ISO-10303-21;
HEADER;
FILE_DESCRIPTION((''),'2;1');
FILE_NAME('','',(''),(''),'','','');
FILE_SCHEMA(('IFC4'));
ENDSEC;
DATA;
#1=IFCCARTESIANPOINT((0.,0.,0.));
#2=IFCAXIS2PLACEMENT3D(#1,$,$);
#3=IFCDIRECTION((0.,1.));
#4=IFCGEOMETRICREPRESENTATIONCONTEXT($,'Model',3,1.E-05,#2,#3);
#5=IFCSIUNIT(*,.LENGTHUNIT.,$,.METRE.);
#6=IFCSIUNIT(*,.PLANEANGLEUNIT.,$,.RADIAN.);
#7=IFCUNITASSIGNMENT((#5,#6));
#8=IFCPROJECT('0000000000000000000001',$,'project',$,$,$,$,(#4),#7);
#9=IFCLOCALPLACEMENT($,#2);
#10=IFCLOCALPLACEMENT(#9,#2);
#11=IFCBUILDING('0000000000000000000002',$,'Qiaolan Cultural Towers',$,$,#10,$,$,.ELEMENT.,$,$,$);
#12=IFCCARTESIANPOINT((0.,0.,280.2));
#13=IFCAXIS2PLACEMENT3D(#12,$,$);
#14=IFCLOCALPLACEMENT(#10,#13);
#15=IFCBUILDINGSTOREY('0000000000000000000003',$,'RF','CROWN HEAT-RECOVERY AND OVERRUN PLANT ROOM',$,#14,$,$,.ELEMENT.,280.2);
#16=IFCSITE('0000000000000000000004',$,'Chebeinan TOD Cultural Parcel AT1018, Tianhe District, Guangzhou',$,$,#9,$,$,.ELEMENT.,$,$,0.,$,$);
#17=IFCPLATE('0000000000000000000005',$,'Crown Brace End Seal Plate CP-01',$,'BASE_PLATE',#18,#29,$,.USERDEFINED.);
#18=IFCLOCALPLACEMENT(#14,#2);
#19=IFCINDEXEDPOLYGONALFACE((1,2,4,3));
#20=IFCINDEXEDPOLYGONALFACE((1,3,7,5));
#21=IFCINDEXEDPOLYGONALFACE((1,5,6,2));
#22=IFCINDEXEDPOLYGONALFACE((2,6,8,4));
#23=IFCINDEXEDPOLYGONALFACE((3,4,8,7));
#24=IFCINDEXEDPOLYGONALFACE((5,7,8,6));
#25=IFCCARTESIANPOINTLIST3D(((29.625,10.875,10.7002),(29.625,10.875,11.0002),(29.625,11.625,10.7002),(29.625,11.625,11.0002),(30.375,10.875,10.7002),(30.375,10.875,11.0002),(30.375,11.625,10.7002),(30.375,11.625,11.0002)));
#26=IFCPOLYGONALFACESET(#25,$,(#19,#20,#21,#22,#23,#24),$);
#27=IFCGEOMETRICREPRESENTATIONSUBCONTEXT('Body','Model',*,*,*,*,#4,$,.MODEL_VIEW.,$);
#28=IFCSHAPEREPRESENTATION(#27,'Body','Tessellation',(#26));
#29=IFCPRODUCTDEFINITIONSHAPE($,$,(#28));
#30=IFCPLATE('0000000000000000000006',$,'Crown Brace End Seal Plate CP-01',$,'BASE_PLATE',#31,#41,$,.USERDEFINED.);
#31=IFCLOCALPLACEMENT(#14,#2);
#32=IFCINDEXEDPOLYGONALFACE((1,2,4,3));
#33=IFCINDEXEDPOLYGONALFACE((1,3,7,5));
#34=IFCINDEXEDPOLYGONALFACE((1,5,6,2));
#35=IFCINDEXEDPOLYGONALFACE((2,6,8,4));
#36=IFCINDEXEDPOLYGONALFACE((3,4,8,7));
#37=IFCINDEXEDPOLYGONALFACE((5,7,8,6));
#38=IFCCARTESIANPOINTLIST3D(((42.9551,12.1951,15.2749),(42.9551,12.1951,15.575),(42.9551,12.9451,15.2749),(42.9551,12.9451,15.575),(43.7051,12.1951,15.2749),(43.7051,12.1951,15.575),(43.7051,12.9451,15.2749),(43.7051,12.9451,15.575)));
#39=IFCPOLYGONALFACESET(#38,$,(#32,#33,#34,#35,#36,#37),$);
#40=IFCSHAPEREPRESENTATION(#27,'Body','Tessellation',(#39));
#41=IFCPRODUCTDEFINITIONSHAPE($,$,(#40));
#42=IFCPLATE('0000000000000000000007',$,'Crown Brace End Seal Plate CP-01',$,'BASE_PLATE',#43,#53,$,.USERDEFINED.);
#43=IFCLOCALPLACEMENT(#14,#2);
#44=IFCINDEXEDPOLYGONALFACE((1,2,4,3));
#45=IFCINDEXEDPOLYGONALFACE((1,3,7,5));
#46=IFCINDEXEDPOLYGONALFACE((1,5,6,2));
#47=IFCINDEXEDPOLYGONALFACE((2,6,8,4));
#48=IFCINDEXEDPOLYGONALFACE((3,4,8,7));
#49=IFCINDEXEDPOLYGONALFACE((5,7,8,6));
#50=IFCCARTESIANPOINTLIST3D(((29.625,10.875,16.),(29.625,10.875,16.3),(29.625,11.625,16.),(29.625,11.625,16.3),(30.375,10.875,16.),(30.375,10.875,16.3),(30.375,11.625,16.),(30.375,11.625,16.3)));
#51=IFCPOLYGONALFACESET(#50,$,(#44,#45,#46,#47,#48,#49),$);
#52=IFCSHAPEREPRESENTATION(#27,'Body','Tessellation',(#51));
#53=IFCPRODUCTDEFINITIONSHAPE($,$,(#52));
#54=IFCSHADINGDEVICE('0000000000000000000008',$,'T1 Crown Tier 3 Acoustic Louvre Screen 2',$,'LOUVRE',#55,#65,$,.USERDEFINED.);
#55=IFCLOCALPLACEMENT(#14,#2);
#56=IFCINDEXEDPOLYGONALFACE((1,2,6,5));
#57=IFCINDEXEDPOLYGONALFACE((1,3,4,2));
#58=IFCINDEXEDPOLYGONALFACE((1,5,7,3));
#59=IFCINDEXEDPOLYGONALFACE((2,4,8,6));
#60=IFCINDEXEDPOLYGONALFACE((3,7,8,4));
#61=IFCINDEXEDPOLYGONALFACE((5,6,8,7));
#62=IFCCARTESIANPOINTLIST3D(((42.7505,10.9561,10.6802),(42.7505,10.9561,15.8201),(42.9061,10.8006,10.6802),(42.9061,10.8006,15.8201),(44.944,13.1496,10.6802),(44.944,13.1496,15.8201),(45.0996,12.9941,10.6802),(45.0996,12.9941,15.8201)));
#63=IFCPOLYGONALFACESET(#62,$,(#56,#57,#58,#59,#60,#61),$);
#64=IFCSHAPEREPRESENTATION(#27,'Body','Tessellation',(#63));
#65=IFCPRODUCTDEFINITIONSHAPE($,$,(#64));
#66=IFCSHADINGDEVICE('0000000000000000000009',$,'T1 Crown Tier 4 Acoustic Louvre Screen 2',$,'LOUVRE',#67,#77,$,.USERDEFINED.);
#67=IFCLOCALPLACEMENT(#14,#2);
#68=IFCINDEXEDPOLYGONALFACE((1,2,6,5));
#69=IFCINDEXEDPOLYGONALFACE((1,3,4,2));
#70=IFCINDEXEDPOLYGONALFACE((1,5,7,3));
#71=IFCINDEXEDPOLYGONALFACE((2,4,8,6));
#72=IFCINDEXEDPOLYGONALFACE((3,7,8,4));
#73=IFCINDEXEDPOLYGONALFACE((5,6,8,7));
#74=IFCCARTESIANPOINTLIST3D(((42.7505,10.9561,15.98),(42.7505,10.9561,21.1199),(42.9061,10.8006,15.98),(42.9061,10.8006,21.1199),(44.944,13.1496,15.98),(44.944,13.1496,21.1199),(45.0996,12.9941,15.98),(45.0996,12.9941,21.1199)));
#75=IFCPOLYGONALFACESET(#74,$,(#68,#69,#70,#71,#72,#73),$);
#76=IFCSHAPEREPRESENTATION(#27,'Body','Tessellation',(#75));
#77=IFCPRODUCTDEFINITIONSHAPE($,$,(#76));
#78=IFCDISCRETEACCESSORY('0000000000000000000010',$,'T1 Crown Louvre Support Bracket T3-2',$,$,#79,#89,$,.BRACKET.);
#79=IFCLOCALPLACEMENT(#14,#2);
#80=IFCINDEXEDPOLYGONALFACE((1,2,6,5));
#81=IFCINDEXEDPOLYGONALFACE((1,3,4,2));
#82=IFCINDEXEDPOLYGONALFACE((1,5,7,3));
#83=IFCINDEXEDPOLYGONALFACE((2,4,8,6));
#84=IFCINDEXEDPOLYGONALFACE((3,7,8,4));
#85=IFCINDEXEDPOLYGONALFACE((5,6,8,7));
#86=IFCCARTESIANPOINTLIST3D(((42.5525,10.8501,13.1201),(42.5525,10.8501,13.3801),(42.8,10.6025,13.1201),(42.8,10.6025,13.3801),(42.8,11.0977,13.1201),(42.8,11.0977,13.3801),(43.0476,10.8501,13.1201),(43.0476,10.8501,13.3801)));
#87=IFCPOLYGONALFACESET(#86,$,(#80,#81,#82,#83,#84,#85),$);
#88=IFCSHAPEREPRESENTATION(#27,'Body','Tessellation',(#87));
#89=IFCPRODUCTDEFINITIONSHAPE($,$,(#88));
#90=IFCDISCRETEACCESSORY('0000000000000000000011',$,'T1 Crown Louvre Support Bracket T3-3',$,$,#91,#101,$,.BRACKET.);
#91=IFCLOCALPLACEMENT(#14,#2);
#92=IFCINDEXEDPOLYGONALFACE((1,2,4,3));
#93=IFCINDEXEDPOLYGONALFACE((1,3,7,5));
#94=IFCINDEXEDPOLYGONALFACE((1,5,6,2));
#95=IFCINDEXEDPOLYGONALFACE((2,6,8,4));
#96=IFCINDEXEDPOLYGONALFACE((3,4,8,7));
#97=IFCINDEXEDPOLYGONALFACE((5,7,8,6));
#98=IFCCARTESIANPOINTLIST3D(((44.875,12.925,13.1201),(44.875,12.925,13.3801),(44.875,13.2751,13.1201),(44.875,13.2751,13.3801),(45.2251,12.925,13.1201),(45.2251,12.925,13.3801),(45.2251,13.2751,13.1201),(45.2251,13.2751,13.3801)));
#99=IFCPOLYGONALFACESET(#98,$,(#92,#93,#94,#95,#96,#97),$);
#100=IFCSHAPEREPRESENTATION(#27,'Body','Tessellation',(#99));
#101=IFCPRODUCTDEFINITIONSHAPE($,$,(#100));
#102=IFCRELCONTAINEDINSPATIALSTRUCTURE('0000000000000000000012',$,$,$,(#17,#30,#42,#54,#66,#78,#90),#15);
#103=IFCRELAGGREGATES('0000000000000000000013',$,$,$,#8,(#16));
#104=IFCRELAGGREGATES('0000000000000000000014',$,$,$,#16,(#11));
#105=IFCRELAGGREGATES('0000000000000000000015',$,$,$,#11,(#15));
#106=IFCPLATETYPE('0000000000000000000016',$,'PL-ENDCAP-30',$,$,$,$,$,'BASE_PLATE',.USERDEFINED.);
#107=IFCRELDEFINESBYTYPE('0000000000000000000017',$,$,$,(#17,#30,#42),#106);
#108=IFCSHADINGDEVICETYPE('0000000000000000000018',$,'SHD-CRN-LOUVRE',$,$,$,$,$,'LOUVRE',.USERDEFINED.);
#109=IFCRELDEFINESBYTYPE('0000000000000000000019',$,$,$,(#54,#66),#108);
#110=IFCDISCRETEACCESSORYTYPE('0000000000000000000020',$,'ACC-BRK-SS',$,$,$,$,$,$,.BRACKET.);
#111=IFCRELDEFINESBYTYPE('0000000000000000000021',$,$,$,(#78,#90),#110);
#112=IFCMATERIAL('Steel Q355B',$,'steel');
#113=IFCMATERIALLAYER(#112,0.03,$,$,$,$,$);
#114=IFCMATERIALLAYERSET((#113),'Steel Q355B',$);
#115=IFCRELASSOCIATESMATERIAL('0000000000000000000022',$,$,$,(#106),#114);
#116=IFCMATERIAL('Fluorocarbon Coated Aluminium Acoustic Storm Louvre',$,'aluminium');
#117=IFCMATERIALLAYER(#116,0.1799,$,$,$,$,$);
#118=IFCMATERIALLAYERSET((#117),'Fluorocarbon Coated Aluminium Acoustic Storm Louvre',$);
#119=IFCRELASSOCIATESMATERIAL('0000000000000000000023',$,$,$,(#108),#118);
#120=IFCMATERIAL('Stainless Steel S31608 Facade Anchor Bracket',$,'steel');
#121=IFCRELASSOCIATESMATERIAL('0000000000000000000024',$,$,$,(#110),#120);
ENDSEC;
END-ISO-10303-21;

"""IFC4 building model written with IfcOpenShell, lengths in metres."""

from ifc_helpers import new_model, si_unit, direction, frame, origin, origin_2d, place, context, subcontext, project, spatial, rectangle, extrude, material, layer, layer_set, type_object, element, save


model = new_model("IFC4")

# Units and contexts
model_context = context("Model", 3, precision=1e-05, world=origin(), true_north=direction((0.0, 1.0)))
body_context = subcontext(model_context, "Body", "Model", "MODEL_VIEW")
ifc_project = project(units=[si_unit("LENGTHUNIT", "METRE"), si_unit("PLANEANGLEUNIT", "RADIAN")], contexts=[model_context])

# Site, building, storey
site_placement = place(None, origin())
site = spatial("IfcSite", under=ifc_project, at=site_placement, Name="Chebeinan TOD Cultural Parcel AT1018, Tianhe District, Guangzhou", CompositionType="ELEMENT", RefElevation=0.0)
building_placement = place(site_placement, origin())
building = spatial("IfcBuilding", under=site, at=building_placement, Name="Qiaolan Cultural Towers", CompositionType="ELEMENT")
storey_placement = place(building_placement, frame((0.0, 0.0, 280.2)))
storey = spatial("IfcBuildingStorey", under=building, at=storey_placement, Name="RF", Description="CROWN HEAT-RECOVERY AND OVERRUN PLANT ROOM", CompositionType="ELEMENT", Elevation=280.2)

# Plates
ifc_material_1 = material(Name="Steel Q355B", Category="steel")
ifc_layer_1 = layer(ifc_material_1, 0.03)
ifc_layer_set_1 = layer_set([ifc_layer_1], Name="Steel Q355B")
plate_type_1 = type_object("IfcPlateType", Name="PL-ENDCAP-30", ElementType="BASE_PLATE", PredefinedType="USERDEFINED", material=ifc_layer_set_1)
for number, where, z_axis, x_axis, name in (
    (1, (30.0, 11.25, 10.7002), (0.0, 0.0, 1.0), (1.0, 0.0, 0.0), "Crown Brace End Seal Plate CP-01"),
    (2, (43.3301, 12.5701, 15.2749), (0.0, 0.0, 1.0), (1.0, 0.0, 0.0), "Crown Brace End Seal Plate CP-01"),
    (3, (30.0, 11.25, 16.0), (0.0, 0.0, 1.0), (1.0, 0.0, 0.0), "Crown Brace End Seal Plate CP-01"),
):
    element("IfcPlate", number, at=place(storey_placement, frame(where, z_axis=z_axis, x_axis=x_axis)), inside=storey, type_object=plate_type_1, Name=name, ObjectType="BASE_PLATE", PredefinedType="USERDEFINED", context=body_context, shape_type="SweptSolid", body=[
        extrude(rectangle(XDim=0.75, YDim=0.75, at=origin_2d()), origin(), (0.0, 0.0, 1.0), 0.3),
    ])

# Shading devices
ifc_material_2 = material(Name="Fluorocarbon Coated Aluminium Acoustic Storm Louvre", Category="aluminium")
ifc_layer_2 = layer(ifc_material_2, 0.1799)
ifc_layer_set_2 = layer_set([ifc_layer_2], Name="Fluorocarbon Coated Aluminium Acoustic Storm Louvre")
shading_device_type = type_object("IfcShadingDeviceType", Name="SHD-CRN-LOUVRE", ElementType="LOUVRE", PredefinedType="USERDEFINED", material=ifc_layer_set_2)
for number, where, z_axis, x_axis, name in (
    (4, (43.925, 11.9751, 10.6802), (0.0, 0.0, 1.0), (0.707107, 0.707107, 0.0), "T1 Crown Tier 3 Acoustic Louvre Screen 2"),
    (5, (43.925, 11.9751, 15.98), (0.0, 0.0, 1.0), (0.707107, 0.707107, 0.0), "T1 Crown Tier 4 Acoustic Louvre Screen 2"),
):
    element("IfcShadingDevice", number, at=place(storey_placement, frame(where, z_axis=z_axis, x_axis=x_axis)), inside=storey, type_object=shading_device_type, Name=name, ObjectType="LOUVRE", PredefinedType="USERDEFINED", context=body_context, shape_type="SweptSolid", body=[
        extrude(rectangle(XDim=3.1021, YDim=0.22, at=origin_2d()), origin(), (0.0, 0.0, 1.0), 5.1399),
    ])

# Discrete accessories
ifc_material_3 = material(Name="Stainless Steel S31608 Facade Anchor Bracket", Category="steel")
discrete_accessory_type = type_object("IfcDiscreteAccessoryType", Name="ACC-BRK-SS", PredefinedType="BRACKET", material=ifc_material_3)
for number, where, z_axis, x_axis, name in (
    (6, (42.8, 10.8501, 13.1201), (0.0, 0.0, 1.0), (0.707107, 0.707107, 0.0), "T1 Crown Louvre Support Bracket T3-2"),
    (7, (45.05, 13.1001, 13.1201), (0.0, 0.0, 1.0), (0.0, 1.0, 0.0), "T1 Crown Louvre Support Bracket T3-3"),
):
    element("IfcDiscreteAccessory", number, at=place(storey_placement, frame(where, z_axis=z_axis, x_axis=x_axis)), inside=storey, type_object=discrete_accessory_type, Name=name, PredefinedType="BRACKET", context=body_context, shape_type="SweptSolid", body=[
        extrude(rectangle(XDim=0.3501, YDim=0.3501, at=origin_2d()), origin(), (0.0, 0.0, 1.0), 0.26),
    ])

save(model, "model.ifc")
